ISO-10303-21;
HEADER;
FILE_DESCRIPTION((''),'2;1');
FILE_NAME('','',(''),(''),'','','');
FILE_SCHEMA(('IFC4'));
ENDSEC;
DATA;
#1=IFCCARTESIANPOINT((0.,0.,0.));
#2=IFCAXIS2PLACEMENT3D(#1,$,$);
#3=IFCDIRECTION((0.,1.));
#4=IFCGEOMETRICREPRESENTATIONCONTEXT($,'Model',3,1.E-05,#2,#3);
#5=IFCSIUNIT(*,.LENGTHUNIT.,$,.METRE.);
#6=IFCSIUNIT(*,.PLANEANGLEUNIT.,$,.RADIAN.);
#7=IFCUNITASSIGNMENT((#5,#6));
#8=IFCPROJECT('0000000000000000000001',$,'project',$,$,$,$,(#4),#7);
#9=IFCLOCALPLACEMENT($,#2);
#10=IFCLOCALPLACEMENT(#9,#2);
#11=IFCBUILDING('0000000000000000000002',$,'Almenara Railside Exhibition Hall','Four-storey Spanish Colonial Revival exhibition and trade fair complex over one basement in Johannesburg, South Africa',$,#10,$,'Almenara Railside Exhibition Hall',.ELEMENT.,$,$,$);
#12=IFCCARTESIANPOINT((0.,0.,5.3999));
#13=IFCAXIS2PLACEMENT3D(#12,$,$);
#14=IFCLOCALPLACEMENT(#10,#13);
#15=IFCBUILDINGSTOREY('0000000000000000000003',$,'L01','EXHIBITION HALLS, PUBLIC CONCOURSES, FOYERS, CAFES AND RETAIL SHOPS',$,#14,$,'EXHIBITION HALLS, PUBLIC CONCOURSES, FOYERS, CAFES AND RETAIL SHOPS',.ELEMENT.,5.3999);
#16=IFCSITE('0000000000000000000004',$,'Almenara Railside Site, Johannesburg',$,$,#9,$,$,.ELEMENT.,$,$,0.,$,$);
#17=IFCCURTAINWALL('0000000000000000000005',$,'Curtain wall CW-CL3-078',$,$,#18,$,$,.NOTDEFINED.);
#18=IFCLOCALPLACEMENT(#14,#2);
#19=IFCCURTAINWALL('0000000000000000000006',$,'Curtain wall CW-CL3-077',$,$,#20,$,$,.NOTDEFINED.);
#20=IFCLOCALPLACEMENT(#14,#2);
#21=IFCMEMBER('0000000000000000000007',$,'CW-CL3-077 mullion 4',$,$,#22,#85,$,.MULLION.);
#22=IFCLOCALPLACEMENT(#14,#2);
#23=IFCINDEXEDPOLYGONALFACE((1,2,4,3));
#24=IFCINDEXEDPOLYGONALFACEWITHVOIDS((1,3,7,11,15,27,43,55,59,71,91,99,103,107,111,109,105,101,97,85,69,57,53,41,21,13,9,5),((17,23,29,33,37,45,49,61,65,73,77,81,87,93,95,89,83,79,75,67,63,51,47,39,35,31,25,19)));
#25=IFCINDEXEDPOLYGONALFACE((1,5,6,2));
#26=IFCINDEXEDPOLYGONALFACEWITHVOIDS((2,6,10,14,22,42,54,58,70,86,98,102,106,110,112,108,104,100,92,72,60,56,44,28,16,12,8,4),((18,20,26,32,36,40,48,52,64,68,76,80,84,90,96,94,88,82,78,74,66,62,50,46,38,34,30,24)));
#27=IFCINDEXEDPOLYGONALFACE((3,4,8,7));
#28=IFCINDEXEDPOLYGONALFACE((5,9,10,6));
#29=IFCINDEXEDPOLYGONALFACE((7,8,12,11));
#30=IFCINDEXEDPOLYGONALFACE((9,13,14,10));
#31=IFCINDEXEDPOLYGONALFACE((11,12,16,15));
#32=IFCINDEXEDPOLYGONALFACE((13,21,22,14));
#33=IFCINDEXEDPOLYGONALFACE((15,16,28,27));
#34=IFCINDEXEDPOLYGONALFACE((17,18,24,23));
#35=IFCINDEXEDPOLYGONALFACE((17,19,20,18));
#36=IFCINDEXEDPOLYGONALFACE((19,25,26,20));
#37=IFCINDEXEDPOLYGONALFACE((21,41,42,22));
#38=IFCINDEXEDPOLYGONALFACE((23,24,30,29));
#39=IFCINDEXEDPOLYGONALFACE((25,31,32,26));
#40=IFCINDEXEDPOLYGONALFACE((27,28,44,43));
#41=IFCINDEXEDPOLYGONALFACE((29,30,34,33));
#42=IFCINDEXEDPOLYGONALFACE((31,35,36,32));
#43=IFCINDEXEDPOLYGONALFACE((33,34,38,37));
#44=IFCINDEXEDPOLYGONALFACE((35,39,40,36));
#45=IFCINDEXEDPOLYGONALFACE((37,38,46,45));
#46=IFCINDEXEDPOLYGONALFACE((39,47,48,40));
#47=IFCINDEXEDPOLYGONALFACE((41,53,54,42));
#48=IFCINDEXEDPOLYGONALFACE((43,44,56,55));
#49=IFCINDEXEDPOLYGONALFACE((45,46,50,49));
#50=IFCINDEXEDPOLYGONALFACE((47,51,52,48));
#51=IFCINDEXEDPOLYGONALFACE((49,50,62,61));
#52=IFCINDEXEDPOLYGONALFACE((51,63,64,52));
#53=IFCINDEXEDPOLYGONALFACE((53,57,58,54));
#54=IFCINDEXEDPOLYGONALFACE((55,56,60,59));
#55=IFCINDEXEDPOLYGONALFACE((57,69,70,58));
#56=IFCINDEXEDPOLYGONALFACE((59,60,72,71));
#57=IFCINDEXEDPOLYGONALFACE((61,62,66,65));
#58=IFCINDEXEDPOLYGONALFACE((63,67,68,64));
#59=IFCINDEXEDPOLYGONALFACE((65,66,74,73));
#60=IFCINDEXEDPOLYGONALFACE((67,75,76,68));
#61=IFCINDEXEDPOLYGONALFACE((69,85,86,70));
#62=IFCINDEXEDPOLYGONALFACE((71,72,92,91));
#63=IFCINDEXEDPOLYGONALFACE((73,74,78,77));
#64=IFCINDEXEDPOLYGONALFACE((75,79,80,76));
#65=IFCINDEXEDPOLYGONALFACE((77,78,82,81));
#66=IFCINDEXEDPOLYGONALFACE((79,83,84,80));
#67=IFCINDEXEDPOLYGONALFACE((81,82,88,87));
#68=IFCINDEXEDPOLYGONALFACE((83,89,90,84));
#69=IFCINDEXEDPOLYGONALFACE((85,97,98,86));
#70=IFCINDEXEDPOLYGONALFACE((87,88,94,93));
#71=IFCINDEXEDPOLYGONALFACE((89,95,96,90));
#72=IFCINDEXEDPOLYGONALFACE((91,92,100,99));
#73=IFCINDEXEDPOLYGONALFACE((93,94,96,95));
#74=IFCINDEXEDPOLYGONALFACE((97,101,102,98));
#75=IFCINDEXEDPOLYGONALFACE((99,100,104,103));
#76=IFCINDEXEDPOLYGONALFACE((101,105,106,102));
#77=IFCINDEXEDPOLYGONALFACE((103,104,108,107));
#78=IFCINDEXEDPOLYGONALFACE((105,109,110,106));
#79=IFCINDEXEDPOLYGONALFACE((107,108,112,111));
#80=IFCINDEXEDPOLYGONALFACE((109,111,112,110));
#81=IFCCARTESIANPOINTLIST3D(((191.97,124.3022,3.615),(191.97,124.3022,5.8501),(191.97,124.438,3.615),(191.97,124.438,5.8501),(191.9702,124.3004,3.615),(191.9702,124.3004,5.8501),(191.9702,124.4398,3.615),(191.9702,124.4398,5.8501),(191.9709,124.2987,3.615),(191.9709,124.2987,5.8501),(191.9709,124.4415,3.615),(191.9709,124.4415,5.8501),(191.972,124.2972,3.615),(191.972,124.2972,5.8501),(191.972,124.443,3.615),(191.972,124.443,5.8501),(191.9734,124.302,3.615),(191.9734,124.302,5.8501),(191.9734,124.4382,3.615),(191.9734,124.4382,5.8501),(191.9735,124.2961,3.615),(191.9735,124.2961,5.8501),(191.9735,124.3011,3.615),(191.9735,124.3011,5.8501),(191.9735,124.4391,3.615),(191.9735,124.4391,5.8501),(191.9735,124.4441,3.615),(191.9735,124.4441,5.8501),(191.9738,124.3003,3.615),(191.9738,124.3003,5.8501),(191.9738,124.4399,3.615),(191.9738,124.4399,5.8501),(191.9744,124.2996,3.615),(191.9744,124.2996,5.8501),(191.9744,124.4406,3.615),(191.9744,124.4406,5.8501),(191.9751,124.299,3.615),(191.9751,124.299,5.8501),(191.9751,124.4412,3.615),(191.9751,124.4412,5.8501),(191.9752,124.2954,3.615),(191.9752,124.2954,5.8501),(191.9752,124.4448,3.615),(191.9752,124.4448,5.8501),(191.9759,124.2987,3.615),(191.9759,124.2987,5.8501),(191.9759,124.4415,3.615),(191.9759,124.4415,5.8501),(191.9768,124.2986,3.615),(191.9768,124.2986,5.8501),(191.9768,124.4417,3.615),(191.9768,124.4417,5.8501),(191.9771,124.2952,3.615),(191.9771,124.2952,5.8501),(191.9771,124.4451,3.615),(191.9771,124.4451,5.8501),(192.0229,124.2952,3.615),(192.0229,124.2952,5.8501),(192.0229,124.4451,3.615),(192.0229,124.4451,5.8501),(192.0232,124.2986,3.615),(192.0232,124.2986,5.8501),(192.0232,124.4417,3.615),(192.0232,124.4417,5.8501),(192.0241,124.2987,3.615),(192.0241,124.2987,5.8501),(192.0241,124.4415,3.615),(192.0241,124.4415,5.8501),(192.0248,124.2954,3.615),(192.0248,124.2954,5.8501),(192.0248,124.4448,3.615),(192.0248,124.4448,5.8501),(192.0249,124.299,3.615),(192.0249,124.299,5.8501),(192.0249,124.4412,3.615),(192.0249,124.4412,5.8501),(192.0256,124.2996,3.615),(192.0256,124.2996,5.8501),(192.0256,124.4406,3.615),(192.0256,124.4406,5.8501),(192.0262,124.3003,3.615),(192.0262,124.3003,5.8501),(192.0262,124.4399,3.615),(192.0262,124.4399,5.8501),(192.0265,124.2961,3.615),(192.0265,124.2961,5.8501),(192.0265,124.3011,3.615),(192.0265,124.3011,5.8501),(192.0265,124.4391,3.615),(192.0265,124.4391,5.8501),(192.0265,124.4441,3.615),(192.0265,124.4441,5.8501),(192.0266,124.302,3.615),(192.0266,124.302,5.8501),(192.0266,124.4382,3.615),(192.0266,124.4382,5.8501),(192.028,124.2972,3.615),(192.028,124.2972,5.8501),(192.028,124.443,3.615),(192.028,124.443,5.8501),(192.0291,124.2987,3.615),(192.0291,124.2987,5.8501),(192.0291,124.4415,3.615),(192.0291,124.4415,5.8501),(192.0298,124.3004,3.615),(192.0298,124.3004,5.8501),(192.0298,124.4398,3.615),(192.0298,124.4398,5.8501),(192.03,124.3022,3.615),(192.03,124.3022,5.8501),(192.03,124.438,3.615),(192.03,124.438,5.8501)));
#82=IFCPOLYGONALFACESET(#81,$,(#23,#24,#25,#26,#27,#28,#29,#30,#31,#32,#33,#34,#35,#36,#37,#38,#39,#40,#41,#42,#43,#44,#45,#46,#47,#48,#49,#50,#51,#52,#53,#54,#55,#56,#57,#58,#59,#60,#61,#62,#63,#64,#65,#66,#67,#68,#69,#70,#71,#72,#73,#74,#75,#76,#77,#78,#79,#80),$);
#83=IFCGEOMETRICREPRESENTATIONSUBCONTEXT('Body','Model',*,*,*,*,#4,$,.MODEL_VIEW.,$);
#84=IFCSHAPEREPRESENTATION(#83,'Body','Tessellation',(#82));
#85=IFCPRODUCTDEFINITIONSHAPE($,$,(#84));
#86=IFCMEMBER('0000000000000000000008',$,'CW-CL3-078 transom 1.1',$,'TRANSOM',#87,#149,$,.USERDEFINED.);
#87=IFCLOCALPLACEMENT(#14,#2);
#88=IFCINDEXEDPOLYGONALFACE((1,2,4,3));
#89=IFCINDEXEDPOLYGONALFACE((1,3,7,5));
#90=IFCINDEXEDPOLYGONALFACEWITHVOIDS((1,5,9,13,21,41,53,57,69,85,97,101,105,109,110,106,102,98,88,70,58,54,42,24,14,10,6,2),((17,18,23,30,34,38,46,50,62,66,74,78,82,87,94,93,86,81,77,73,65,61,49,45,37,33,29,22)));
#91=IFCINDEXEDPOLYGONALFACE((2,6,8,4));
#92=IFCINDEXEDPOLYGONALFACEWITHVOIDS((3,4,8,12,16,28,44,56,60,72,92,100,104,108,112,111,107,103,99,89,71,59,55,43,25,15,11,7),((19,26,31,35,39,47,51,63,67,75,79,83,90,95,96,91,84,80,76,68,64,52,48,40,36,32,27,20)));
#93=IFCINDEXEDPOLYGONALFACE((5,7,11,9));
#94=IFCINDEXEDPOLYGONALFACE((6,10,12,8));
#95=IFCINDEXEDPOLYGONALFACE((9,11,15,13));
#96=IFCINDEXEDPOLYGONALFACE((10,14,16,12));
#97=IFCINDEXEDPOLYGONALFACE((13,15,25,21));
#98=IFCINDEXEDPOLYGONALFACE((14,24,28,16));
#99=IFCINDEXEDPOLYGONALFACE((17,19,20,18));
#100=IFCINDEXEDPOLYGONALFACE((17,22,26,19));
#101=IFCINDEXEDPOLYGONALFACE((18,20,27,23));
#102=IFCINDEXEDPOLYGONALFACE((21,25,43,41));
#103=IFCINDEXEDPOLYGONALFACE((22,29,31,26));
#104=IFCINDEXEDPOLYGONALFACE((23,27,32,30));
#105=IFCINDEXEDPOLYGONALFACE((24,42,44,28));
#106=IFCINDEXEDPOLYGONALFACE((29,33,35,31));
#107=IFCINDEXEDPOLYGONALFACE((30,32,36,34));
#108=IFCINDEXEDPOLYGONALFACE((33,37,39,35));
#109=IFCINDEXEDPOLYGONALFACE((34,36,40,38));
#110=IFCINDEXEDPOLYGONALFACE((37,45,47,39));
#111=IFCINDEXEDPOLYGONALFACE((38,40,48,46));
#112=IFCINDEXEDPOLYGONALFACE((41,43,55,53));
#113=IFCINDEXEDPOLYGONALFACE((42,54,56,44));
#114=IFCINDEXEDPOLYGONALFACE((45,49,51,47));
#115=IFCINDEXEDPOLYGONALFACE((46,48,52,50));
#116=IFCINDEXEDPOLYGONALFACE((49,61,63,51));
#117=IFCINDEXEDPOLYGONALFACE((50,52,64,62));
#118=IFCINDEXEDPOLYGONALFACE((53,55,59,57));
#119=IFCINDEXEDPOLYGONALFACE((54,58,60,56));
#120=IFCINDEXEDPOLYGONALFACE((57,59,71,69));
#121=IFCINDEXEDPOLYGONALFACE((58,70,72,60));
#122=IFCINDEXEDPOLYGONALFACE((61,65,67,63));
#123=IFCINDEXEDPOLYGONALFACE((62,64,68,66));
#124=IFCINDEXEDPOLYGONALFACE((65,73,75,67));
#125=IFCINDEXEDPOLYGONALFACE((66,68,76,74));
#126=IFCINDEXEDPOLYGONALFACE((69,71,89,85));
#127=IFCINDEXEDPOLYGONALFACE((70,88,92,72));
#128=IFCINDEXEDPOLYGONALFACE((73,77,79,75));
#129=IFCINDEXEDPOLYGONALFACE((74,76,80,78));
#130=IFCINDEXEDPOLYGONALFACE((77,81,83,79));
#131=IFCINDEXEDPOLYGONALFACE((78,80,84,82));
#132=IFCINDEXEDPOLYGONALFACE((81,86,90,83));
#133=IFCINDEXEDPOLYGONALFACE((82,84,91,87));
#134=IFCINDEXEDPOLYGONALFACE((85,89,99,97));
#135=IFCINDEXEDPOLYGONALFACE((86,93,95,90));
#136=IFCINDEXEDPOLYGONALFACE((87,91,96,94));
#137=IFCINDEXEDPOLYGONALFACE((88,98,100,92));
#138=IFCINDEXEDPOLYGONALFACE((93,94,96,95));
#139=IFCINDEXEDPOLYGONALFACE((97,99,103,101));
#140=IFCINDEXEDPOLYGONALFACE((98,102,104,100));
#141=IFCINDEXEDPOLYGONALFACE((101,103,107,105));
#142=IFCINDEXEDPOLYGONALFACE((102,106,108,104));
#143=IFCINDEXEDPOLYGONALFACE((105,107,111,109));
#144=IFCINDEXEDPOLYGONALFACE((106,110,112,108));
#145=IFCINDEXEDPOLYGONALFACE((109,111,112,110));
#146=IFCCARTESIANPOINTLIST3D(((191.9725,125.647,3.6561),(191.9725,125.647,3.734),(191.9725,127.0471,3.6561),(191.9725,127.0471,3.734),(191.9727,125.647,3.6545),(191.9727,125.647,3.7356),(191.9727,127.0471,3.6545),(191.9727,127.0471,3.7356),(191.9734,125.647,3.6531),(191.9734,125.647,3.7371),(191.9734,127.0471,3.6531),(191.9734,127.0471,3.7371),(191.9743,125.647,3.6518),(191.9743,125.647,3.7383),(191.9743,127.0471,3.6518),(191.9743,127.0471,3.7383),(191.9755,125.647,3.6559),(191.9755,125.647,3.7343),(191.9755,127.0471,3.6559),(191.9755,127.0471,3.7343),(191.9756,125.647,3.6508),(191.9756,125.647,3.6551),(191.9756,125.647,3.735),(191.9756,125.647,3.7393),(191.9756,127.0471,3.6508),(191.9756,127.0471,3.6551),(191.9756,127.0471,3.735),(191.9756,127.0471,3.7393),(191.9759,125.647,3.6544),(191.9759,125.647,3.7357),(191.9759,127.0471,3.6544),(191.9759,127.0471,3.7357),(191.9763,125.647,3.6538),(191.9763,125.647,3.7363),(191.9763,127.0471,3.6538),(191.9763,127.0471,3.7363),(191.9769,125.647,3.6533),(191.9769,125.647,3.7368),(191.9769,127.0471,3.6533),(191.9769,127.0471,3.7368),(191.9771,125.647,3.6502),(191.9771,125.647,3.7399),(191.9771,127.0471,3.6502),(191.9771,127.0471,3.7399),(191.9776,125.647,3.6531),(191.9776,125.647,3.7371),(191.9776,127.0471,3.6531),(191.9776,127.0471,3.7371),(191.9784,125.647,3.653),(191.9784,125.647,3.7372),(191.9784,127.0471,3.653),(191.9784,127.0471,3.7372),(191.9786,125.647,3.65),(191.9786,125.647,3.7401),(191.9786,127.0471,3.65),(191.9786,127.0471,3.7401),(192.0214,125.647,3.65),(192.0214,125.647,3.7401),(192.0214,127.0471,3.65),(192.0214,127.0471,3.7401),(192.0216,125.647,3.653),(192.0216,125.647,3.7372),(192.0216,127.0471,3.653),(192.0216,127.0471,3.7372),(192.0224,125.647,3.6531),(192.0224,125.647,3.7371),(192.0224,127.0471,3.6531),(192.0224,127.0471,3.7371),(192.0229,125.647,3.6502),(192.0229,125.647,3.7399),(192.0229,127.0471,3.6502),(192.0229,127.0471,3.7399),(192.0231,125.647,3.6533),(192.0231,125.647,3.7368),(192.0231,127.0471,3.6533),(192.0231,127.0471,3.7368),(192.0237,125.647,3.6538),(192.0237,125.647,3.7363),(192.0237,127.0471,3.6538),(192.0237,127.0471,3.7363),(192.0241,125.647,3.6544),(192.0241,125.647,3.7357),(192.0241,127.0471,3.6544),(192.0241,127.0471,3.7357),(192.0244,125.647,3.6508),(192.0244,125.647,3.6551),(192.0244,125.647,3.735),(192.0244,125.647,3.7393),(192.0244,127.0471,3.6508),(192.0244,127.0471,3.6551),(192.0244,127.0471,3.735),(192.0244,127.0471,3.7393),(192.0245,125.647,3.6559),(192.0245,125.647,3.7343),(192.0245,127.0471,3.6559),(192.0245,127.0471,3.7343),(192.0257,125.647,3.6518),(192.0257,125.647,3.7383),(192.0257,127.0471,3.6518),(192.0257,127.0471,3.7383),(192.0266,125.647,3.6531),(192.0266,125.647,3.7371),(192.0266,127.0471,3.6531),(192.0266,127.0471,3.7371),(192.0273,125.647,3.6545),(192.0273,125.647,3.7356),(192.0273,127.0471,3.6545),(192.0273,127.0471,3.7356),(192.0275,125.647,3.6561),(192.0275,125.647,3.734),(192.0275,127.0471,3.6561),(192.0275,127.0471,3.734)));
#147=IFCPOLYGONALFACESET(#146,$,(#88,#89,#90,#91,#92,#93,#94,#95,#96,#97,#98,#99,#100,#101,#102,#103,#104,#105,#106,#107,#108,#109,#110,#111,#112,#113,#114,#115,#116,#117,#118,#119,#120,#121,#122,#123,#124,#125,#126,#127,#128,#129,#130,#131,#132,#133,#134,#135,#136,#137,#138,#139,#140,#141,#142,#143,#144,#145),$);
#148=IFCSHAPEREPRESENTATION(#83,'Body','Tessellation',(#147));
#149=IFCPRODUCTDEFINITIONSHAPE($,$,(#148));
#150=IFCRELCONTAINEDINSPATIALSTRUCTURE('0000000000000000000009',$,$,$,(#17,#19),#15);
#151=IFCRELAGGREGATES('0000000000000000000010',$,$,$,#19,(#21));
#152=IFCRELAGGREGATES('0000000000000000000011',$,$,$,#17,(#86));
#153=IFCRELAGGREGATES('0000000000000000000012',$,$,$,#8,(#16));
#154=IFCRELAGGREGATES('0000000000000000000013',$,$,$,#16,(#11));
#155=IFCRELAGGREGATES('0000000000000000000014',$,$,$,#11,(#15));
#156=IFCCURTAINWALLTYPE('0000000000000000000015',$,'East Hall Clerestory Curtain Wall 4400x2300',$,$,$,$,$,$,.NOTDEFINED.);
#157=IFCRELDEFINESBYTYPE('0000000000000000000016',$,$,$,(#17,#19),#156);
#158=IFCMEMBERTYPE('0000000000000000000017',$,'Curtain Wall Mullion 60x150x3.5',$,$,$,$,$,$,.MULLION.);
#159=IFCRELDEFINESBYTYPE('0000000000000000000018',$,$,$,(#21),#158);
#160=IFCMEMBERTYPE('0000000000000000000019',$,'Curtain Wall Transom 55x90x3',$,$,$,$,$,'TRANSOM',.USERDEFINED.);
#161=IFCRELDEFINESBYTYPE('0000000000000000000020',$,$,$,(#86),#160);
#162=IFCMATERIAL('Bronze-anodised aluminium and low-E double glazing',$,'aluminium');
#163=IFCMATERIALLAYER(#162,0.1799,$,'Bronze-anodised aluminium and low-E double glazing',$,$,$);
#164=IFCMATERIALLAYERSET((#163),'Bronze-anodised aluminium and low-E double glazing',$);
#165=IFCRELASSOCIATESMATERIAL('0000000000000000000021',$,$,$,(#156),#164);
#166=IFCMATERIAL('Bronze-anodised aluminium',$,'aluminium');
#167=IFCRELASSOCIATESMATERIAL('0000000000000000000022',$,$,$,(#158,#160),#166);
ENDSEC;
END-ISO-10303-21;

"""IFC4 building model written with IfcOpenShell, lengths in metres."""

from ifc_helpers import new_model, si_unit, direction, frame, origin, origin_2d, place, context, subcontext, project, spatial, hollow_rectangle, extrude, material, layer, layer_set, material_profile, profile_set, type_object, element, aggregate, save


model = new_model("IFC4")

# Units and contexts
model_context = context("Model", 3, precision=1e-05, world=origin(), true_north=direction((0.0, 1.0)))
body_context = subcontext(model_context, "Body", "Model", "MODEL_VIEW")
ifc_project = project(units=[si_unit("LENGTHUNIT", "METRE"), si_unit("PLANEANGLEUNIT", "RADIAN")], contexts=[model_context])

# Site, building, storey
site_placement = place(None, origin())
site = spatial("IfcSite", under=ifc_project, at=site_placement, Name="Almenara Railside Site, Johannesburg", CompositionType="ELEMENT", RefElevation=0.0)
building_placement = place(site_placement, origin())
building = spatial("IfcBuilding", under=site, at=building_placement, Name="Almenara Railside Exhibition Hall", Description="Four-storey Spanish Colonial Revival exhibition and trade fair complex over one basement in Johannesburg, South Africa", LongName="Almenara Railside Exhibition Hall", CompositionType="ELEMENT")
storey_placement = place(building_placement, frame((0.0, 0.0, 5.3999)))
storey = spatial("IfcBuildingStorey", under=building, at=storey_placement, Name="L01", Description="EXHIBITION HALLS, PUBLIC CONCOURSES, FOYERS, CAFES AND RETAIL SHOPS", LongName="EXHIBITION HALLS, PUBLIC CONCOURSES, FOYERS, CAFES AND RETAIL SHOPS", CompositionType="ELEMENT", Elevation=5.3999)

# Curtain wall
ifc_material_1 = material(Name="Bronze-anodised aluminium and low-E double glazing", Category="aluminium")
ifc_layer_1 = layer(ifc_material_1, 0.1799, Name="Bronze-anodised aluminium and low-E double glazing")
ifc_layer_set_1 = layer_set([ifc_layer_1], Name="Bronze-anodised aluminium and low-E double glazing")
curtain_wall_type = type_object("IfcCurtainWallType", Name="East Hall Clerestory Curtain Wall 4400x2300", PredefinedType="NOTDEFINED", material=ifc_layer_set_1)
curtain_wall_1_placement = place(storey_placement, origin())
curtain_wall_1 = element("IfcCurtainWall", 1, at=curtain_wall_1_placement, inside=storey, type_object=curtain_wall_type, Name="Curtain wall CW-CL3-078", PredefinedType="NOTDEFINED")
ifc_material_2 = material(Name="Bronze-anodised aluminium", Category="aluminium")

# Curtain wall, member
curtain_wall_2_placement = place(storey_placement, origin())
curtain_wall_2 = element("IfcCurtainWall", 2, at=curtain_wall_2_placement, inside=storey, type_object=curtain_wall_type, Name="Curtain wall CW-CL3-077", PredefinedType="NOTDEFINED")
ifc_material_profile_1 = material_profile(ifc_material_2, hollow_rectangle(XDim=0.0601, YDim=0.1499, WallThickness=0.0034, InnerFilletRadius=0.0034, OuterFilletRadius=0.0071, at=origin_2d()), Name="ALU-MUL 60x150x3.5")
ifc_profile_set_1 = profile_set([ifc_material_profile_1], Name="Bronze-anodised aluminium")
member_type_1 = type_object("IfcMemberType", Name="Curtain Wall Mullion 60x150x3.5", PredefinedType="MULLION", material=ifc_profile_set_1)
member_1_placement = place(storey_placement, frame((192.0, 124.3701, 3.615), z_axis=(0.0, 0.0, 1.0), x_axis=(-1.0, 0.0, 0.0)))
member_1 = element("IfcMember", 3, at=member_1_placement, type_object=member_type_1, Name="CW-CL3-077 mullion 4", PredefinedType="MULLION", context=body_context, shape_type="SweptSolid", body=[
    extrude(hollow_rectangle(XDim=0.0601, YDim=0.1499, WallThickness=0.0034, InnerFilletRadius=0.0034, OuterFilletRadius=0.0071, at=origin_2d()), origin(), (0.0, 0.0, 1.0), 2.2351),
])

# Member
ifc_material_profile_2 = material_profile(ifc_material_2, hollow_rectangle(XDim=0.0549, YDim=0.0901, WallThickness=0.0029, InnerFilletRadius=0.0029, OuterFilletRadius=0.0061, at=origin_2d()), Name="ALU-TRN 55x90x3")
ifc_profile_set_2 = profile_set([ifc_material_profile_2], Name="Bronze-anodised aluminium")
member_type_2 = type_object("IfcMemberType", Name="Curtain Wall Transom 55x90x3", ElementType="TRANSOM", PredefinedType="USERDEFINED", material=ifc_profile_set_2)
member_2_placement = place(storey_placement, frame((192.0, 125.647, 3.6951), z_axis=(0.0, 1.0, 0.0), x_axis=(-1.0, 0.0, 0.0)))
member_2 = element("IfcMember", 4, at=member_2_placement, type_object=member_type_2, Name="CW-CL3-078 transom 1.1", ObjectType="TRANSOM", PredefinedType="USERDEFINED", context=body_context, shape_type="SweptSolid", body=[
    extrude(hollow_rectangle(XDim=0.0549, YDim=0.0901, WallThickness=0.0029, InnerFilletRadius=0.0029, OuterFilletRadius=0.0061, at=origin_2d()), origin(), (0.0, 0.0, 1.0), 1.4001),
])

aggregate(curtain_wall_2, [member_1])
aggregate(curtain_wall_1, [member_2])

save(model, "model.ifc")
